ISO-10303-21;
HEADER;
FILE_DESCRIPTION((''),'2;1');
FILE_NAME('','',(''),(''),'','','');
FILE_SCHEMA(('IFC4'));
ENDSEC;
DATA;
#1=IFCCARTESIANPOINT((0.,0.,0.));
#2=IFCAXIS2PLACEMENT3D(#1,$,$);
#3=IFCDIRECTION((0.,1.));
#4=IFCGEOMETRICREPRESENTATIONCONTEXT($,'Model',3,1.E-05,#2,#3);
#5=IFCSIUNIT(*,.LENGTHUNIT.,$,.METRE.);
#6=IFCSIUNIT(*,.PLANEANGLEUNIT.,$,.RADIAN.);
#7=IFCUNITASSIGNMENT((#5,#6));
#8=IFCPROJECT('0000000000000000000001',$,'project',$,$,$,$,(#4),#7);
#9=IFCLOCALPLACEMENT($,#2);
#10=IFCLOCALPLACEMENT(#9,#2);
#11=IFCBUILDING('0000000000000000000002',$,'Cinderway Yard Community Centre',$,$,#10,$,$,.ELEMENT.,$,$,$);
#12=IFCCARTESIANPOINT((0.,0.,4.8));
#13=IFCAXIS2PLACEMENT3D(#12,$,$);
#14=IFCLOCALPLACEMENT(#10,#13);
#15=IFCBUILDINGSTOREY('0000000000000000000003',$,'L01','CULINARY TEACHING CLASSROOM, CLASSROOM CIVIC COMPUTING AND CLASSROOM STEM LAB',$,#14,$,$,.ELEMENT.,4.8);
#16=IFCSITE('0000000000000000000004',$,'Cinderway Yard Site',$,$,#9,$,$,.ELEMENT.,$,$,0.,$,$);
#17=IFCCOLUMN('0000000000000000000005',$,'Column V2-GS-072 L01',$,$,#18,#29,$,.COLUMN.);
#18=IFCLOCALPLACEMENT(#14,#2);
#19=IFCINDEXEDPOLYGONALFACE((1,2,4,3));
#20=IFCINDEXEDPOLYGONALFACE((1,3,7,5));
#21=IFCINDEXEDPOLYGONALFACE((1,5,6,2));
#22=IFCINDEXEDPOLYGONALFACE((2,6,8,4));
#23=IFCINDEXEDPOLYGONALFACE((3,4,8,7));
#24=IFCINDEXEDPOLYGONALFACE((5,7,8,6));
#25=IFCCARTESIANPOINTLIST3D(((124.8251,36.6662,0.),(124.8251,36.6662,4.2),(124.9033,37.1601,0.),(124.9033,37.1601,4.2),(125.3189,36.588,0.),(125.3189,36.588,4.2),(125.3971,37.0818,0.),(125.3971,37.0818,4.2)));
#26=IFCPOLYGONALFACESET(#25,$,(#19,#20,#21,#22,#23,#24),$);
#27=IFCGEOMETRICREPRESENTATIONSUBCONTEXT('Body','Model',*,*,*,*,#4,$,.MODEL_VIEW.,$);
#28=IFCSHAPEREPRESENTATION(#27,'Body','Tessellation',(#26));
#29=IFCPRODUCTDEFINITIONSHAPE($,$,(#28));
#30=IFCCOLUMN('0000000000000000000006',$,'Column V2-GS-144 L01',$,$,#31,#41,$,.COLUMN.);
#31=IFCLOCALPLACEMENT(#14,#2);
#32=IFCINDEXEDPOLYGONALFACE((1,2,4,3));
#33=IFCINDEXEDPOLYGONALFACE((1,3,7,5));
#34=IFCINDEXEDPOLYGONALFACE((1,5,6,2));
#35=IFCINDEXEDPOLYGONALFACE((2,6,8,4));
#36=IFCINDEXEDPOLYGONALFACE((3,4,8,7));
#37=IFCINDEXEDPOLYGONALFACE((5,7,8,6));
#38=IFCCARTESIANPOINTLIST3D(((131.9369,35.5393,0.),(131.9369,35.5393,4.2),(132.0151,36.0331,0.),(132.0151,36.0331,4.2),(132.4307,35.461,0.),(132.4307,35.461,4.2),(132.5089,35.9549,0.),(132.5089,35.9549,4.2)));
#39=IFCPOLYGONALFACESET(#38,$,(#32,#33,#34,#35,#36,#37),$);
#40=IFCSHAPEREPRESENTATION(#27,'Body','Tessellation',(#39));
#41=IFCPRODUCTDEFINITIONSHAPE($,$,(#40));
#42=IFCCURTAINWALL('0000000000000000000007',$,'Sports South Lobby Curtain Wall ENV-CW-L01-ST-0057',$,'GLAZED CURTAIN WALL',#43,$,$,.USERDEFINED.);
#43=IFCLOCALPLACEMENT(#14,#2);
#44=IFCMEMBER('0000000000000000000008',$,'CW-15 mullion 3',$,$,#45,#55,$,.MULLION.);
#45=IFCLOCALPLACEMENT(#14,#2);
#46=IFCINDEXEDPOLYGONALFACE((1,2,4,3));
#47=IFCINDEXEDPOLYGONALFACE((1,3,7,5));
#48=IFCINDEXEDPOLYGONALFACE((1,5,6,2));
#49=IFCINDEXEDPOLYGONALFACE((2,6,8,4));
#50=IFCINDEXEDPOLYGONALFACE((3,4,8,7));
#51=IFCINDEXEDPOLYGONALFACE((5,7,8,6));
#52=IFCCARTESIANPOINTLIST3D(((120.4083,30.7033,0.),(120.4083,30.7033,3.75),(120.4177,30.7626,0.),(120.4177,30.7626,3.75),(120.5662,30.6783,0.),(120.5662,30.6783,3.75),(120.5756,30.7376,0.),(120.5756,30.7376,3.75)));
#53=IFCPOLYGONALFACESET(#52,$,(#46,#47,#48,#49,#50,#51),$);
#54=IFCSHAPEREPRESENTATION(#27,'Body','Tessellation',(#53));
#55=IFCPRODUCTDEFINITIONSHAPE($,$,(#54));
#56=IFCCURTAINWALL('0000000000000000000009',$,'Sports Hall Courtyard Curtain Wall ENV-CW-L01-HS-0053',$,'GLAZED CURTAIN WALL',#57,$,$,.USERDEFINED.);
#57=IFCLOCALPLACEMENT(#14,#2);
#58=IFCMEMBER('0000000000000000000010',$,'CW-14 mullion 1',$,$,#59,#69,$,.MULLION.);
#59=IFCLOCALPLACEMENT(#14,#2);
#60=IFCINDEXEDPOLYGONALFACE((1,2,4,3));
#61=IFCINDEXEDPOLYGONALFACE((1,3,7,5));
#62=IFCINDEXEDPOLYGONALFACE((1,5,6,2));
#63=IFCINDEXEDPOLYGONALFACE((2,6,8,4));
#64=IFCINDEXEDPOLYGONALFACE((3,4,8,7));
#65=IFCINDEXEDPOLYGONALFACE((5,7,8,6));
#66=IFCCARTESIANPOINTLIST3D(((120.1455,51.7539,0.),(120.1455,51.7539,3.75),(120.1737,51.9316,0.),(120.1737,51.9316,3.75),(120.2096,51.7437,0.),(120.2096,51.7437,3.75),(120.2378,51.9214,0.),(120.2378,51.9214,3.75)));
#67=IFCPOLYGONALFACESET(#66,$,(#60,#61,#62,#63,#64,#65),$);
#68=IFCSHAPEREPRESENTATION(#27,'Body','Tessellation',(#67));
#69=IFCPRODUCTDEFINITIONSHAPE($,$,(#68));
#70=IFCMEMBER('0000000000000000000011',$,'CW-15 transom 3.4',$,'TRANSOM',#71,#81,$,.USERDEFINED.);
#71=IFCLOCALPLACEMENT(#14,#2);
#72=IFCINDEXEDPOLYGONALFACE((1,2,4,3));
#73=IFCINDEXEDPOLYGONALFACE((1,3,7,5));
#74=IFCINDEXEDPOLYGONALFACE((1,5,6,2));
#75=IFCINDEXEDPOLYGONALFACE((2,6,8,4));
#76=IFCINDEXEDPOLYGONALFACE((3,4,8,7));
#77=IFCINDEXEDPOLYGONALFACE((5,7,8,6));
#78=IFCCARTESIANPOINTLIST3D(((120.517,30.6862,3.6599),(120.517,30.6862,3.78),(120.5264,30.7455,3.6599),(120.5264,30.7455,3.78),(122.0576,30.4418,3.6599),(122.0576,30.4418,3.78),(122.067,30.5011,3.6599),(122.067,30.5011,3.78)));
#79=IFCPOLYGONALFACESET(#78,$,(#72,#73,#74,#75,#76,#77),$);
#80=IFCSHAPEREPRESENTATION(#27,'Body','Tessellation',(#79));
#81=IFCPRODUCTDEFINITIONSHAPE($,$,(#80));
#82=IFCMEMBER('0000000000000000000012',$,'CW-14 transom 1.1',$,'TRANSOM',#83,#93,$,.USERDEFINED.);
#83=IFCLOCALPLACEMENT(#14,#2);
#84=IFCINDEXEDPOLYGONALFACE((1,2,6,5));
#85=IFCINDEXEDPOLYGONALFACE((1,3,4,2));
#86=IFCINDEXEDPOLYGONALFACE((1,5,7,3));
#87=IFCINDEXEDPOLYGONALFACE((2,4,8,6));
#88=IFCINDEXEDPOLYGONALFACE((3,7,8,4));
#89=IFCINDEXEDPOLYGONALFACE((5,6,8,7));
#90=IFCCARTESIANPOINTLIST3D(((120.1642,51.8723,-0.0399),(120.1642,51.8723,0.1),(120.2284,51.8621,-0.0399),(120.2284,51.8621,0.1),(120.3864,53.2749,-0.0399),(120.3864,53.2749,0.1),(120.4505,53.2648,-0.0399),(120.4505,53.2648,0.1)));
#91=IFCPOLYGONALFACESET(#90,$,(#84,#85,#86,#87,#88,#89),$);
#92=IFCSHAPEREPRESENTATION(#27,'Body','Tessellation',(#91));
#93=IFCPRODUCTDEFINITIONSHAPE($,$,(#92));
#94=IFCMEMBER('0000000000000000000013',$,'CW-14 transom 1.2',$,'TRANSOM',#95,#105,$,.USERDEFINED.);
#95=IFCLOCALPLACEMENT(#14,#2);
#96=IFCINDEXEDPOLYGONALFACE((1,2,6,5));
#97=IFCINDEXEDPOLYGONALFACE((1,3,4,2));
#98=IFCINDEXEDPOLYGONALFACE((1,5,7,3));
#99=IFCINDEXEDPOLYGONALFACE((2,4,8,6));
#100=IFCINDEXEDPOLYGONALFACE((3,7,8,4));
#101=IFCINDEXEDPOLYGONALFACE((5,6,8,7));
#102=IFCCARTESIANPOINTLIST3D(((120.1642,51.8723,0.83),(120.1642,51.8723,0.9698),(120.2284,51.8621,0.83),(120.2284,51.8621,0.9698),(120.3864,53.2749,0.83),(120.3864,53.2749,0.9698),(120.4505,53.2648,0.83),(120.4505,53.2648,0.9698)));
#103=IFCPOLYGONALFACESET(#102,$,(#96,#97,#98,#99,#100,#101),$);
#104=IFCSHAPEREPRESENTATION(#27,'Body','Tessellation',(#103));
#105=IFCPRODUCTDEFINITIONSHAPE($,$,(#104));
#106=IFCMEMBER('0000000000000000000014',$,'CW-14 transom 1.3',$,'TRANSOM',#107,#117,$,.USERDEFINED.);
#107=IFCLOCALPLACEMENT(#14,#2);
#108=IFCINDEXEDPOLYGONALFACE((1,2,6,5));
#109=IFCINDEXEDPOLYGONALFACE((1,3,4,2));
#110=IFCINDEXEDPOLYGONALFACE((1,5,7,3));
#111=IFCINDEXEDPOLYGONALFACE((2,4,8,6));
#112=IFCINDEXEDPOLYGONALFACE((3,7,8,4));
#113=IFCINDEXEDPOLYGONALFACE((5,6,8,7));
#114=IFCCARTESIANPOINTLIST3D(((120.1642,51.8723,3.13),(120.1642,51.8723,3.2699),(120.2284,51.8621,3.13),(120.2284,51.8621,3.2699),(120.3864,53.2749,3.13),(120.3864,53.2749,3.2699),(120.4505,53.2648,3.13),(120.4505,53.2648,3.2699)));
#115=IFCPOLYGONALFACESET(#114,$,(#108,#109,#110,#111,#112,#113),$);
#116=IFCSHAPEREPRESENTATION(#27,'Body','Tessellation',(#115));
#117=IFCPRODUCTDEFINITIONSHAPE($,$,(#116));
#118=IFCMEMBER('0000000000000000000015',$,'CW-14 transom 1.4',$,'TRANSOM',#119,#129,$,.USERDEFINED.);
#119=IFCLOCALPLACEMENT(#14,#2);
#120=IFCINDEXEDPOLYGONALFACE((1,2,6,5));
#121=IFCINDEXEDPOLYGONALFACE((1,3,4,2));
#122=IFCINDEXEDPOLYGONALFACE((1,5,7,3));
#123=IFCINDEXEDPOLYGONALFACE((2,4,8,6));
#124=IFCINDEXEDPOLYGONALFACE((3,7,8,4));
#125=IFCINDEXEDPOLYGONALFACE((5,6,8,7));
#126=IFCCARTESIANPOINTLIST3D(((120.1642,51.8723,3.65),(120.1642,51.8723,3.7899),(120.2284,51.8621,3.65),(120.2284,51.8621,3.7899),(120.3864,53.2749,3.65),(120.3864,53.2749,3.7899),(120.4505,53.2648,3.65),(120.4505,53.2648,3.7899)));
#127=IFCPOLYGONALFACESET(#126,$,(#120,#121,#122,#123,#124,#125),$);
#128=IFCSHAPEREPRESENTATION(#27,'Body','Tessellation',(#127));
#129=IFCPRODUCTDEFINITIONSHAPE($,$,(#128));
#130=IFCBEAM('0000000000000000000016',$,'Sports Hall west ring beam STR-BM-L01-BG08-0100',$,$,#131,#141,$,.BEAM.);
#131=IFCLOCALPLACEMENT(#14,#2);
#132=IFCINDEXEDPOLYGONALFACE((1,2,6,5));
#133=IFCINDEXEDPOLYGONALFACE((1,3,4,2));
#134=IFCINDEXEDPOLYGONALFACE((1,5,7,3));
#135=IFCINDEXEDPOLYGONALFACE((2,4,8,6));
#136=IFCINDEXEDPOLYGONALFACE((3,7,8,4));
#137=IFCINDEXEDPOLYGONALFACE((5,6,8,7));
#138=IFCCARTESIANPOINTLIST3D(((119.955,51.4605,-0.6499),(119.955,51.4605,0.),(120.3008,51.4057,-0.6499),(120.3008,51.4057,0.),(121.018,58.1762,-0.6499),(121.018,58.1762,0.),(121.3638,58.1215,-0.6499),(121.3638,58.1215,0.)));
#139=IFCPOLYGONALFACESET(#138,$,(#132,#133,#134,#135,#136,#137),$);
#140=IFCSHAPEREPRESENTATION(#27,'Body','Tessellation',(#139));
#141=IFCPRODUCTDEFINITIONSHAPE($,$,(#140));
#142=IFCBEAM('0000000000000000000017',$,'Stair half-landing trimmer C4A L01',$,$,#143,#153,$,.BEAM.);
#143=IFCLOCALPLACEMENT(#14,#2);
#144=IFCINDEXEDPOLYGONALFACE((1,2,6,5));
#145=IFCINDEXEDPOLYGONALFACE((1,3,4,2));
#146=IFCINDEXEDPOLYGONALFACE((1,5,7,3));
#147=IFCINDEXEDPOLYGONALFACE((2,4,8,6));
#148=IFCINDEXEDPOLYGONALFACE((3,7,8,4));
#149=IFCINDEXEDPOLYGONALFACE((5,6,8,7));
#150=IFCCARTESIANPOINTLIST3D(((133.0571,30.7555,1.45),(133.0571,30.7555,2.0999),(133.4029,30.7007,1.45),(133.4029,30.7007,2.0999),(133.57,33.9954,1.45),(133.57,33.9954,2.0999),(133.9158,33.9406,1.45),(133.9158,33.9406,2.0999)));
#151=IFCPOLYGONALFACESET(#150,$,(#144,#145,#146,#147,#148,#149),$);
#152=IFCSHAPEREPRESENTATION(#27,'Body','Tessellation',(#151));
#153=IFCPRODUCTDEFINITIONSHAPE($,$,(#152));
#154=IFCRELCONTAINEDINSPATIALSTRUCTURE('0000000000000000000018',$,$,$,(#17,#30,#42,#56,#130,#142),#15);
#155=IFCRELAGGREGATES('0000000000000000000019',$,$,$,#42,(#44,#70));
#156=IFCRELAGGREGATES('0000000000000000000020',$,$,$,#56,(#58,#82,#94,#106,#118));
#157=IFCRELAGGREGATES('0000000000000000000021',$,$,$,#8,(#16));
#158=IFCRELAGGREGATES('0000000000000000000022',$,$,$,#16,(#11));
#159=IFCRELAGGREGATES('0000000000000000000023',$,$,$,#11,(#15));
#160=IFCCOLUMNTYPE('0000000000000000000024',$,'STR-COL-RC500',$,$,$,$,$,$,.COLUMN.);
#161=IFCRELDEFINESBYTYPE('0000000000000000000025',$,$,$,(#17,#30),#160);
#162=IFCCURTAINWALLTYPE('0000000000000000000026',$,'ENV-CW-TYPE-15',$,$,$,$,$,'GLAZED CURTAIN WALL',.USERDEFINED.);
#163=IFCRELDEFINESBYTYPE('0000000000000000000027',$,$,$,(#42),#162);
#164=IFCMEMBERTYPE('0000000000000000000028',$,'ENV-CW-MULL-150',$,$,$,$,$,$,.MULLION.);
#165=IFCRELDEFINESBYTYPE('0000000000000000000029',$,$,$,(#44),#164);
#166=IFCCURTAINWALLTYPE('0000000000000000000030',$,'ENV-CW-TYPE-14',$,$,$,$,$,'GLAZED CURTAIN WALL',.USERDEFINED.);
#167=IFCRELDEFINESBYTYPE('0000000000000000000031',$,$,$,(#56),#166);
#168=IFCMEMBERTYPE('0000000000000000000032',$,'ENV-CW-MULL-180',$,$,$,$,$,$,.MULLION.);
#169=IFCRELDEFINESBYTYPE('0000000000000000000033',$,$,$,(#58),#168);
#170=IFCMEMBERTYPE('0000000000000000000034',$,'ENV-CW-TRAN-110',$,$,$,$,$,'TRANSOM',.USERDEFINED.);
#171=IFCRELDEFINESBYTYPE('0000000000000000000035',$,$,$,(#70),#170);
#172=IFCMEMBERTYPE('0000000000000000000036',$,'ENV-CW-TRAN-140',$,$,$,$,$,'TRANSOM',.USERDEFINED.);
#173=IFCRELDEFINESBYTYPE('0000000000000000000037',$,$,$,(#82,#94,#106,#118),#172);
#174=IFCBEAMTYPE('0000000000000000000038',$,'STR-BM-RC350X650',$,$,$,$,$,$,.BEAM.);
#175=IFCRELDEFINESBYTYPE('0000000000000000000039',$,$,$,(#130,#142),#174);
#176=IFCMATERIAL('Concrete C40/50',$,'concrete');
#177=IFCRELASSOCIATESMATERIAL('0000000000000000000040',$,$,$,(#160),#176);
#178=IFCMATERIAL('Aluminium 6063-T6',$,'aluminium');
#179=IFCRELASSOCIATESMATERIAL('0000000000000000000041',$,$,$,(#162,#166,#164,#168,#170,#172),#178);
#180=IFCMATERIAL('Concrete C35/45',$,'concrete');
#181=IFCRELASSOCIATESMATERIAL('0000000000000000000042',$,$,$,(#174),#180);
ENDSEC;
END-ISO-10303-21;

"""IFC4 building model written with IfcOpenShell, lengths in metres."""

from ifc_helpers import new_model, si_unit, direction, frame, origin, origin_2d, place, context, subcontext, project, spatial, rectangle, extrude, material, material_profile, profile_set, type_object, element, aggregate, save


model = new_model("IFC4")

# Units and contexts
model_context = context("Model", 3, precision=1e-05, world=origin(), true_north=direction((0.0, 1.0)))
body_context = subcontext(model_context, "Body", "Model", "MODEL_VIEW")
ifc_project = project(units=[si_unit("LENGTHUNIT", "METRE"), si_unit("PLANEANGLEUNIT", "RADIAN")], contexts=[model_context])

# Site, building, storey
site_placement = place(None, origin())
site = spatial("IfcSite", under=ifc_project, at=site_placement, Name="Cinderway Yard Site", CompositionType="ELEMENT", RefElevation=0.0)
building_placement = place(site_placement, origin())
building = spatial("IfcBuilding", under=site, at=building_placement, Name="Cinderway Yard Community Centre", CompositionType="ELEMENT")
storey_placement = place(building_placement, frame((0.0, 0.0, 4.8)))
storey = spatial("IfcBuildingStorey", under=building, at=storey_placement, Name="L01", Description="CULINARY TEACHING CLASSROOM, CLASSROOM CIVIC COMPUTING AND CLASSROOM STEM LAB", CompositionType="ELEMENT", Elevation=4.8)

# Columns
ifc_material_1 = material(Name="Concrete C40/50", Category="concrete")
ifc_material_profile_1 = material_profile(ifc_material_1, rectangle(XDim=0.5, YDim=0.5, at=origin_2d()), Name="Concrete C40/50")
ifc_profile_set_1 = profile_set([ifc_material_profile_1], Name="Concrete C40/50")
column_type = type_object("IfcColumnType", Name="STR-COL-RC500", PredefinedType="COLUMN", material=ifc_profile_set_1)
for number, where, z_axis, x_axis, name in (
    (1, (125.1111, 36.874, 0.0), (0.0, 0.0, 1.0), (0.987688, -0.156434, 0.0), "Column V2-GS-072 L01"),
    (2, (132.2229, 35.7471, 0.0), (0.0, 0.0, 1.0), (0.987688, -0.156434, 0.0), "Column V2-GS-144 L01"),
):
    element("IfcColumn", number, at=place(storey_placement, frame(where, z_axis=z_axis, x_axis=x_axis)), inside=storey, type_object=column_type, Name=name, PredefinedType="COLUMN", context=body_context, shape_type="SweptSolid", body=[
        extrude(rectangle(XDim=0.5, YDim=0.5, at=origin_2d()), origin(), (0.0, 0.0, 1.0), 4.2),
    ])

# Curtain walls, members
ifc_material_2 = material(Name="Aluminium 6063-T6", Category="aluminium")
curtain_wall_type_1 = type_object("IfcCurtainWallType", Name="ENV-CW-TYPE-15", ElementType="GLAZED CURTAIN WALL", PredefinedType="USERDEFINED", material=ifc_material_2)
curtain_wall_1_placement = place(storey_placement, origin())
curtain_wall_1 = element("IfcCurtainWall", 3, at=curtain_wall_1_placement, inside=storey, type_object=curtain_wall_type_1, Name="Sports South Lobby Curtain Wall ENV-CW-L01-ST-0057", ObjectType="GLAZED CURTAIN WALL", PredefinedType="USERDEFINED")
ifc_material_profile_2 = material_profile(ifc_material_2, rectangle(XDim=0.0601, YDim=0.1599, at=origin_2d()), Name="Aluminium 6063-T6")
ifc_profile_set_2 = profile_set([ifc_material_profile_2], Name="Aluminium 6063-T6")
member_type_1 = type_object("IfcMemberType", Name="ENV-CW-MULL-150", PredefinedType="MULLION", material=ifc_profile_set_2)
member_1_placement = place(storey_placement, frame((120.4919, 30.7205, 0.0), z_axis=(0.0, 0.0, 1.0), x_axis=(0.156636, 0.987656, 0.0)))
member_1 = element("IfcMember", 4, at=member_1_placement, type_object=member_type_1, Name="CW-15 mullion 3", PredefinedType="MULLION", context=body_context, shape_type="SweptSolid", body=[
    extrude(rectangle(XDim=0.0601, YDim=0.1599, at=origin_2d()), origin(), (0.0, 0.0, 1.0), 3.75),
])
curtain_wall_type_2 = type_object("IfcCurtainWallType", Name="ENV-CW-TYPE-14", ElementType="GLAZED CURTAIN WALL", PredefinedType="USERDEFINED", material=ifc_material_2)
curtain_wall_2_placement = place(storey_placement, origin())
curtain_wall_2 = element("IfcCurtainWall", 5, at=curtain_wall_2_placement, inside=storey, type_object=curtain_wall_type_2, Name="Sports Hall Courtyard Curtain Wall ENV-CW-L01-HS-0053", ObjectType="GLAZED CURTAIN WALL", PredefinedType="USERDEFINED")
ifc_material_profile_3 = material_profile(ifc_material_2, rectangle(XDim=0.0649, YDim=0.1799, at=origin_2d()), Name="Aluminium 6063-T6")
ifc_profile_set_3 = profile_set([ifc_material_profile_3], Name="Aluminium 6063-T6")
member_type_2 = type_object("IfcMemberType", Name="ENV-CW-MULL-180", PredefinedType="MULLION", material=ifc_profile_set_3)
member_2_placement = place(storey_placement, frame((120.1917, 51.8376, 0.0), z_axis=(0.0, 0.0, 1.0), x_axis=(-0.987686, 0.156447, 0.0)))
member_2 = element("IfcMember", 6, at=member_2_placement, type_object=member_type_2, Name="CW-14 mullion 1", PredefinedType="MULLION", context=body_context, shape_type="SweptSolid", body=[
    extrude(rectangle(XDim=0.0649, YDim=0.1799, at=origin_2d()), origin(), (0.0, 0.0, 1.0), 3.75),
])

# Members
ifc_material_profile_4 = material_profile(ifc_material_2, rectangle(XDim=0.0601, YDim=0.1201, at=origin_2d()), Name="Aluminium 6063-T6")
ifc_profile_set_4 = profile_set([ifc_material_profile_4], Name="Aluminium 6063-T6")
member_type_3 = type_object("IfcMemberType", Name="ENV-CW-TRAN-110", ElementType="TRANSOM", PredefinedType="USERDEFINED", material=ifc_profile_set_4)
member_3_placement = place(storey_placement, frame((120.5217, 30.7158, 3.72), z_axis=(0.98765, -0.156678, 0.0), x_axis=(0.156678, 0.98765, 0.0)))
member_3 = element("IfcMember", 7, at=member_3_placement, type_object=member_type_3, Name="CW-15 transom 3.4", ObjectType="TRANSOM", PredefinedType="USERDEFINED", context=body_context, shape_type="SweptSolid", body=[
    extrude(rectangle(XDim=0.0601, YDim=0.1201, at=origin_2d()), origin(), (0.0, 0.0, 1.0), 1.5598),
])
aggregate(curtain_wall_1, [member_1, member_3])
ifc_material_profile_5 = material_profile(ifc_material_2, rectangle(XDim=0.0649, YDim=0.1399, at=origin_2d()), Name="Aluminium 6063-T6")
ifc_profile_set_5 = profile_set([ifc_material_profile_5], Name="Aluminium 6063-T6")
member_type_4 = type_object("IfcMemberType", Name="ENV-CW-TRAN-140", ElementType="TRANSOM", PredefinedType="USERDEFINED", material=ifc_profile_set_5)
member_4_placement = place(storey_placement, frame((120.1963, 51.8672, 0.03), z_axis=(0.156448, 0.987686, 0.0), x_axis=(-0.987686, 0.156448, 0.0)))
member_4 = element("IfcMember", 8, at=member_4_placement, type_object=member_type_4, Name="CW-14 transom 1.1", ObjectType="TRANSOM", PredefinedType="USERDEFINED", context=body_context, shape_type="SweptSolid", body=[
    extrude(rectangle(XDim=0.0649, YDim=0.1399, at=origin_2d()), origin(), (0.0, 0.0, 1.0), 1.4202),
])
member_5_placement = place(storey_placement, frame((120.1963, 51.8672, 0.8999), z_axis=(0.156448, 0.987686, 0.0), x_axis=(-0.987686, 0.156448, 0.0)))
member_5 = element("IfcMember", 9, at=member_5_placement, type_object=member_type_4, Name="CW-14 transom 1.2", ObjectType="TRANSOM", PredefinedType="USERDEFINED", context=body_context, shape_type="SweptSolid", body=[
    extrude(rectangle(XDim=0.0649, YDim=0.1399, at=origin_2d()), origin(), (0.0, 0.0, 1.0), 1.4202),
])
member_6_placement = place(storey_placement, frame((120.1963, 51.8672, 3.2), z_axis=(0.156448, 0.987686, 0.0), x_axis=(-0.987686, 0.156448, 0.0)))
member_6 = element("IfcMember", 10, at=member_6_placement, type_object=member_type_4, Name="CW-14 transom 1.3", ObjectType="TRANSOM", PredefinedType="USERDEFINED", context=body_context, shape_type="SweptSolid", body=[
    extrude(rectangle(XDim=0.0649, YDim=0.1399, at=origin_2d()), origin(), (0.0, 0.0, 1.0), 1.4202),
])
member_7_placement = place(storey_placement, frame((120.1963, 51.8672, 3.72), z_axis=(0.156448, 0.987686, 0.0), x_axis=(-0.987686, 0.156448, 0.0)))
member_7 = element("IfcMember", 11, at=member_7_placement, type_object=member_type_4, Name="CW-14 transom 1.4", ObjectType="TRANSOM", PredefinedType="USERDEFINED", context=body_context, shape_type="SweptSolid", body=[
    extrude(rectangle(XDim=0.0649, YDim=0.1399, at=origin_2d()), origin(), (0.0, 0.0, 1.0), 1.4202),
])
aggregate(curtain_wall_2, [member_2, member_4, member_5, member_6, member_7])

# Beams
ifc_material_3 = material(Name="Concrete C35/45", Category="concrete")
ifc_material_profile_6 = material_profile(ifc_material_3, rectangle(XDim=0.3501, YDim=0.6499, at=origin_2d()), Name="Concrete C35/45")
ifc_profile_set_6 = profile_set([ifc_material_profile_6], Name="Concrete C35/45")
beam_type_1 = type_object("IfcBeamType", Name="STR-BM-RC350X650", PredefinedType="BEAM", material=ifc_profile_set_6)
beam_1_placement = place(storey_placement, frame((120.1279, 51.4331, -0.325), z_axis=(0.156335, 0.987704, 0.0), x_axis=(-0.987704, 0.156335, 0.0)))
element("IfcBeam", 12, at=beam_1_placement, inside=storey, type_object=beam_type_1, Name="Sports Hall west ring beam STR-BM-L01-BG08-0100", PredefinedType="BEAM", context=body_context, shape_type="SweptSolid", body=[
    extrude(rectangle(XDim=0.3501, YDim=0.6499, at=origin_2d()), origin(), (0.0, 0.0, 1.0), 6.7993),
])
beam_2_placement = place(storey_placement, frame((133.7429, 33.968, 1.7749), z_axis=(-0.156368, -0.987699, 0.0), x_axis=(0.987699, -0.156368, 0.0)))
element("IfcBeam", 13, at=beam_2_placement, inside=storey, type_object=beam_type_1, Name="Stair half-landing trimmer C4A L01", PredefinedType="BEAM", context=body_context, shape_type="SweptSolid", body=[
    extrude(rectangle(XDim=0.3501, YDim=0.6499, at=origin_2d()), origin(), (0.0, 0.0, 1.0), 3.2803),
])

save(model, "model.ifc")
